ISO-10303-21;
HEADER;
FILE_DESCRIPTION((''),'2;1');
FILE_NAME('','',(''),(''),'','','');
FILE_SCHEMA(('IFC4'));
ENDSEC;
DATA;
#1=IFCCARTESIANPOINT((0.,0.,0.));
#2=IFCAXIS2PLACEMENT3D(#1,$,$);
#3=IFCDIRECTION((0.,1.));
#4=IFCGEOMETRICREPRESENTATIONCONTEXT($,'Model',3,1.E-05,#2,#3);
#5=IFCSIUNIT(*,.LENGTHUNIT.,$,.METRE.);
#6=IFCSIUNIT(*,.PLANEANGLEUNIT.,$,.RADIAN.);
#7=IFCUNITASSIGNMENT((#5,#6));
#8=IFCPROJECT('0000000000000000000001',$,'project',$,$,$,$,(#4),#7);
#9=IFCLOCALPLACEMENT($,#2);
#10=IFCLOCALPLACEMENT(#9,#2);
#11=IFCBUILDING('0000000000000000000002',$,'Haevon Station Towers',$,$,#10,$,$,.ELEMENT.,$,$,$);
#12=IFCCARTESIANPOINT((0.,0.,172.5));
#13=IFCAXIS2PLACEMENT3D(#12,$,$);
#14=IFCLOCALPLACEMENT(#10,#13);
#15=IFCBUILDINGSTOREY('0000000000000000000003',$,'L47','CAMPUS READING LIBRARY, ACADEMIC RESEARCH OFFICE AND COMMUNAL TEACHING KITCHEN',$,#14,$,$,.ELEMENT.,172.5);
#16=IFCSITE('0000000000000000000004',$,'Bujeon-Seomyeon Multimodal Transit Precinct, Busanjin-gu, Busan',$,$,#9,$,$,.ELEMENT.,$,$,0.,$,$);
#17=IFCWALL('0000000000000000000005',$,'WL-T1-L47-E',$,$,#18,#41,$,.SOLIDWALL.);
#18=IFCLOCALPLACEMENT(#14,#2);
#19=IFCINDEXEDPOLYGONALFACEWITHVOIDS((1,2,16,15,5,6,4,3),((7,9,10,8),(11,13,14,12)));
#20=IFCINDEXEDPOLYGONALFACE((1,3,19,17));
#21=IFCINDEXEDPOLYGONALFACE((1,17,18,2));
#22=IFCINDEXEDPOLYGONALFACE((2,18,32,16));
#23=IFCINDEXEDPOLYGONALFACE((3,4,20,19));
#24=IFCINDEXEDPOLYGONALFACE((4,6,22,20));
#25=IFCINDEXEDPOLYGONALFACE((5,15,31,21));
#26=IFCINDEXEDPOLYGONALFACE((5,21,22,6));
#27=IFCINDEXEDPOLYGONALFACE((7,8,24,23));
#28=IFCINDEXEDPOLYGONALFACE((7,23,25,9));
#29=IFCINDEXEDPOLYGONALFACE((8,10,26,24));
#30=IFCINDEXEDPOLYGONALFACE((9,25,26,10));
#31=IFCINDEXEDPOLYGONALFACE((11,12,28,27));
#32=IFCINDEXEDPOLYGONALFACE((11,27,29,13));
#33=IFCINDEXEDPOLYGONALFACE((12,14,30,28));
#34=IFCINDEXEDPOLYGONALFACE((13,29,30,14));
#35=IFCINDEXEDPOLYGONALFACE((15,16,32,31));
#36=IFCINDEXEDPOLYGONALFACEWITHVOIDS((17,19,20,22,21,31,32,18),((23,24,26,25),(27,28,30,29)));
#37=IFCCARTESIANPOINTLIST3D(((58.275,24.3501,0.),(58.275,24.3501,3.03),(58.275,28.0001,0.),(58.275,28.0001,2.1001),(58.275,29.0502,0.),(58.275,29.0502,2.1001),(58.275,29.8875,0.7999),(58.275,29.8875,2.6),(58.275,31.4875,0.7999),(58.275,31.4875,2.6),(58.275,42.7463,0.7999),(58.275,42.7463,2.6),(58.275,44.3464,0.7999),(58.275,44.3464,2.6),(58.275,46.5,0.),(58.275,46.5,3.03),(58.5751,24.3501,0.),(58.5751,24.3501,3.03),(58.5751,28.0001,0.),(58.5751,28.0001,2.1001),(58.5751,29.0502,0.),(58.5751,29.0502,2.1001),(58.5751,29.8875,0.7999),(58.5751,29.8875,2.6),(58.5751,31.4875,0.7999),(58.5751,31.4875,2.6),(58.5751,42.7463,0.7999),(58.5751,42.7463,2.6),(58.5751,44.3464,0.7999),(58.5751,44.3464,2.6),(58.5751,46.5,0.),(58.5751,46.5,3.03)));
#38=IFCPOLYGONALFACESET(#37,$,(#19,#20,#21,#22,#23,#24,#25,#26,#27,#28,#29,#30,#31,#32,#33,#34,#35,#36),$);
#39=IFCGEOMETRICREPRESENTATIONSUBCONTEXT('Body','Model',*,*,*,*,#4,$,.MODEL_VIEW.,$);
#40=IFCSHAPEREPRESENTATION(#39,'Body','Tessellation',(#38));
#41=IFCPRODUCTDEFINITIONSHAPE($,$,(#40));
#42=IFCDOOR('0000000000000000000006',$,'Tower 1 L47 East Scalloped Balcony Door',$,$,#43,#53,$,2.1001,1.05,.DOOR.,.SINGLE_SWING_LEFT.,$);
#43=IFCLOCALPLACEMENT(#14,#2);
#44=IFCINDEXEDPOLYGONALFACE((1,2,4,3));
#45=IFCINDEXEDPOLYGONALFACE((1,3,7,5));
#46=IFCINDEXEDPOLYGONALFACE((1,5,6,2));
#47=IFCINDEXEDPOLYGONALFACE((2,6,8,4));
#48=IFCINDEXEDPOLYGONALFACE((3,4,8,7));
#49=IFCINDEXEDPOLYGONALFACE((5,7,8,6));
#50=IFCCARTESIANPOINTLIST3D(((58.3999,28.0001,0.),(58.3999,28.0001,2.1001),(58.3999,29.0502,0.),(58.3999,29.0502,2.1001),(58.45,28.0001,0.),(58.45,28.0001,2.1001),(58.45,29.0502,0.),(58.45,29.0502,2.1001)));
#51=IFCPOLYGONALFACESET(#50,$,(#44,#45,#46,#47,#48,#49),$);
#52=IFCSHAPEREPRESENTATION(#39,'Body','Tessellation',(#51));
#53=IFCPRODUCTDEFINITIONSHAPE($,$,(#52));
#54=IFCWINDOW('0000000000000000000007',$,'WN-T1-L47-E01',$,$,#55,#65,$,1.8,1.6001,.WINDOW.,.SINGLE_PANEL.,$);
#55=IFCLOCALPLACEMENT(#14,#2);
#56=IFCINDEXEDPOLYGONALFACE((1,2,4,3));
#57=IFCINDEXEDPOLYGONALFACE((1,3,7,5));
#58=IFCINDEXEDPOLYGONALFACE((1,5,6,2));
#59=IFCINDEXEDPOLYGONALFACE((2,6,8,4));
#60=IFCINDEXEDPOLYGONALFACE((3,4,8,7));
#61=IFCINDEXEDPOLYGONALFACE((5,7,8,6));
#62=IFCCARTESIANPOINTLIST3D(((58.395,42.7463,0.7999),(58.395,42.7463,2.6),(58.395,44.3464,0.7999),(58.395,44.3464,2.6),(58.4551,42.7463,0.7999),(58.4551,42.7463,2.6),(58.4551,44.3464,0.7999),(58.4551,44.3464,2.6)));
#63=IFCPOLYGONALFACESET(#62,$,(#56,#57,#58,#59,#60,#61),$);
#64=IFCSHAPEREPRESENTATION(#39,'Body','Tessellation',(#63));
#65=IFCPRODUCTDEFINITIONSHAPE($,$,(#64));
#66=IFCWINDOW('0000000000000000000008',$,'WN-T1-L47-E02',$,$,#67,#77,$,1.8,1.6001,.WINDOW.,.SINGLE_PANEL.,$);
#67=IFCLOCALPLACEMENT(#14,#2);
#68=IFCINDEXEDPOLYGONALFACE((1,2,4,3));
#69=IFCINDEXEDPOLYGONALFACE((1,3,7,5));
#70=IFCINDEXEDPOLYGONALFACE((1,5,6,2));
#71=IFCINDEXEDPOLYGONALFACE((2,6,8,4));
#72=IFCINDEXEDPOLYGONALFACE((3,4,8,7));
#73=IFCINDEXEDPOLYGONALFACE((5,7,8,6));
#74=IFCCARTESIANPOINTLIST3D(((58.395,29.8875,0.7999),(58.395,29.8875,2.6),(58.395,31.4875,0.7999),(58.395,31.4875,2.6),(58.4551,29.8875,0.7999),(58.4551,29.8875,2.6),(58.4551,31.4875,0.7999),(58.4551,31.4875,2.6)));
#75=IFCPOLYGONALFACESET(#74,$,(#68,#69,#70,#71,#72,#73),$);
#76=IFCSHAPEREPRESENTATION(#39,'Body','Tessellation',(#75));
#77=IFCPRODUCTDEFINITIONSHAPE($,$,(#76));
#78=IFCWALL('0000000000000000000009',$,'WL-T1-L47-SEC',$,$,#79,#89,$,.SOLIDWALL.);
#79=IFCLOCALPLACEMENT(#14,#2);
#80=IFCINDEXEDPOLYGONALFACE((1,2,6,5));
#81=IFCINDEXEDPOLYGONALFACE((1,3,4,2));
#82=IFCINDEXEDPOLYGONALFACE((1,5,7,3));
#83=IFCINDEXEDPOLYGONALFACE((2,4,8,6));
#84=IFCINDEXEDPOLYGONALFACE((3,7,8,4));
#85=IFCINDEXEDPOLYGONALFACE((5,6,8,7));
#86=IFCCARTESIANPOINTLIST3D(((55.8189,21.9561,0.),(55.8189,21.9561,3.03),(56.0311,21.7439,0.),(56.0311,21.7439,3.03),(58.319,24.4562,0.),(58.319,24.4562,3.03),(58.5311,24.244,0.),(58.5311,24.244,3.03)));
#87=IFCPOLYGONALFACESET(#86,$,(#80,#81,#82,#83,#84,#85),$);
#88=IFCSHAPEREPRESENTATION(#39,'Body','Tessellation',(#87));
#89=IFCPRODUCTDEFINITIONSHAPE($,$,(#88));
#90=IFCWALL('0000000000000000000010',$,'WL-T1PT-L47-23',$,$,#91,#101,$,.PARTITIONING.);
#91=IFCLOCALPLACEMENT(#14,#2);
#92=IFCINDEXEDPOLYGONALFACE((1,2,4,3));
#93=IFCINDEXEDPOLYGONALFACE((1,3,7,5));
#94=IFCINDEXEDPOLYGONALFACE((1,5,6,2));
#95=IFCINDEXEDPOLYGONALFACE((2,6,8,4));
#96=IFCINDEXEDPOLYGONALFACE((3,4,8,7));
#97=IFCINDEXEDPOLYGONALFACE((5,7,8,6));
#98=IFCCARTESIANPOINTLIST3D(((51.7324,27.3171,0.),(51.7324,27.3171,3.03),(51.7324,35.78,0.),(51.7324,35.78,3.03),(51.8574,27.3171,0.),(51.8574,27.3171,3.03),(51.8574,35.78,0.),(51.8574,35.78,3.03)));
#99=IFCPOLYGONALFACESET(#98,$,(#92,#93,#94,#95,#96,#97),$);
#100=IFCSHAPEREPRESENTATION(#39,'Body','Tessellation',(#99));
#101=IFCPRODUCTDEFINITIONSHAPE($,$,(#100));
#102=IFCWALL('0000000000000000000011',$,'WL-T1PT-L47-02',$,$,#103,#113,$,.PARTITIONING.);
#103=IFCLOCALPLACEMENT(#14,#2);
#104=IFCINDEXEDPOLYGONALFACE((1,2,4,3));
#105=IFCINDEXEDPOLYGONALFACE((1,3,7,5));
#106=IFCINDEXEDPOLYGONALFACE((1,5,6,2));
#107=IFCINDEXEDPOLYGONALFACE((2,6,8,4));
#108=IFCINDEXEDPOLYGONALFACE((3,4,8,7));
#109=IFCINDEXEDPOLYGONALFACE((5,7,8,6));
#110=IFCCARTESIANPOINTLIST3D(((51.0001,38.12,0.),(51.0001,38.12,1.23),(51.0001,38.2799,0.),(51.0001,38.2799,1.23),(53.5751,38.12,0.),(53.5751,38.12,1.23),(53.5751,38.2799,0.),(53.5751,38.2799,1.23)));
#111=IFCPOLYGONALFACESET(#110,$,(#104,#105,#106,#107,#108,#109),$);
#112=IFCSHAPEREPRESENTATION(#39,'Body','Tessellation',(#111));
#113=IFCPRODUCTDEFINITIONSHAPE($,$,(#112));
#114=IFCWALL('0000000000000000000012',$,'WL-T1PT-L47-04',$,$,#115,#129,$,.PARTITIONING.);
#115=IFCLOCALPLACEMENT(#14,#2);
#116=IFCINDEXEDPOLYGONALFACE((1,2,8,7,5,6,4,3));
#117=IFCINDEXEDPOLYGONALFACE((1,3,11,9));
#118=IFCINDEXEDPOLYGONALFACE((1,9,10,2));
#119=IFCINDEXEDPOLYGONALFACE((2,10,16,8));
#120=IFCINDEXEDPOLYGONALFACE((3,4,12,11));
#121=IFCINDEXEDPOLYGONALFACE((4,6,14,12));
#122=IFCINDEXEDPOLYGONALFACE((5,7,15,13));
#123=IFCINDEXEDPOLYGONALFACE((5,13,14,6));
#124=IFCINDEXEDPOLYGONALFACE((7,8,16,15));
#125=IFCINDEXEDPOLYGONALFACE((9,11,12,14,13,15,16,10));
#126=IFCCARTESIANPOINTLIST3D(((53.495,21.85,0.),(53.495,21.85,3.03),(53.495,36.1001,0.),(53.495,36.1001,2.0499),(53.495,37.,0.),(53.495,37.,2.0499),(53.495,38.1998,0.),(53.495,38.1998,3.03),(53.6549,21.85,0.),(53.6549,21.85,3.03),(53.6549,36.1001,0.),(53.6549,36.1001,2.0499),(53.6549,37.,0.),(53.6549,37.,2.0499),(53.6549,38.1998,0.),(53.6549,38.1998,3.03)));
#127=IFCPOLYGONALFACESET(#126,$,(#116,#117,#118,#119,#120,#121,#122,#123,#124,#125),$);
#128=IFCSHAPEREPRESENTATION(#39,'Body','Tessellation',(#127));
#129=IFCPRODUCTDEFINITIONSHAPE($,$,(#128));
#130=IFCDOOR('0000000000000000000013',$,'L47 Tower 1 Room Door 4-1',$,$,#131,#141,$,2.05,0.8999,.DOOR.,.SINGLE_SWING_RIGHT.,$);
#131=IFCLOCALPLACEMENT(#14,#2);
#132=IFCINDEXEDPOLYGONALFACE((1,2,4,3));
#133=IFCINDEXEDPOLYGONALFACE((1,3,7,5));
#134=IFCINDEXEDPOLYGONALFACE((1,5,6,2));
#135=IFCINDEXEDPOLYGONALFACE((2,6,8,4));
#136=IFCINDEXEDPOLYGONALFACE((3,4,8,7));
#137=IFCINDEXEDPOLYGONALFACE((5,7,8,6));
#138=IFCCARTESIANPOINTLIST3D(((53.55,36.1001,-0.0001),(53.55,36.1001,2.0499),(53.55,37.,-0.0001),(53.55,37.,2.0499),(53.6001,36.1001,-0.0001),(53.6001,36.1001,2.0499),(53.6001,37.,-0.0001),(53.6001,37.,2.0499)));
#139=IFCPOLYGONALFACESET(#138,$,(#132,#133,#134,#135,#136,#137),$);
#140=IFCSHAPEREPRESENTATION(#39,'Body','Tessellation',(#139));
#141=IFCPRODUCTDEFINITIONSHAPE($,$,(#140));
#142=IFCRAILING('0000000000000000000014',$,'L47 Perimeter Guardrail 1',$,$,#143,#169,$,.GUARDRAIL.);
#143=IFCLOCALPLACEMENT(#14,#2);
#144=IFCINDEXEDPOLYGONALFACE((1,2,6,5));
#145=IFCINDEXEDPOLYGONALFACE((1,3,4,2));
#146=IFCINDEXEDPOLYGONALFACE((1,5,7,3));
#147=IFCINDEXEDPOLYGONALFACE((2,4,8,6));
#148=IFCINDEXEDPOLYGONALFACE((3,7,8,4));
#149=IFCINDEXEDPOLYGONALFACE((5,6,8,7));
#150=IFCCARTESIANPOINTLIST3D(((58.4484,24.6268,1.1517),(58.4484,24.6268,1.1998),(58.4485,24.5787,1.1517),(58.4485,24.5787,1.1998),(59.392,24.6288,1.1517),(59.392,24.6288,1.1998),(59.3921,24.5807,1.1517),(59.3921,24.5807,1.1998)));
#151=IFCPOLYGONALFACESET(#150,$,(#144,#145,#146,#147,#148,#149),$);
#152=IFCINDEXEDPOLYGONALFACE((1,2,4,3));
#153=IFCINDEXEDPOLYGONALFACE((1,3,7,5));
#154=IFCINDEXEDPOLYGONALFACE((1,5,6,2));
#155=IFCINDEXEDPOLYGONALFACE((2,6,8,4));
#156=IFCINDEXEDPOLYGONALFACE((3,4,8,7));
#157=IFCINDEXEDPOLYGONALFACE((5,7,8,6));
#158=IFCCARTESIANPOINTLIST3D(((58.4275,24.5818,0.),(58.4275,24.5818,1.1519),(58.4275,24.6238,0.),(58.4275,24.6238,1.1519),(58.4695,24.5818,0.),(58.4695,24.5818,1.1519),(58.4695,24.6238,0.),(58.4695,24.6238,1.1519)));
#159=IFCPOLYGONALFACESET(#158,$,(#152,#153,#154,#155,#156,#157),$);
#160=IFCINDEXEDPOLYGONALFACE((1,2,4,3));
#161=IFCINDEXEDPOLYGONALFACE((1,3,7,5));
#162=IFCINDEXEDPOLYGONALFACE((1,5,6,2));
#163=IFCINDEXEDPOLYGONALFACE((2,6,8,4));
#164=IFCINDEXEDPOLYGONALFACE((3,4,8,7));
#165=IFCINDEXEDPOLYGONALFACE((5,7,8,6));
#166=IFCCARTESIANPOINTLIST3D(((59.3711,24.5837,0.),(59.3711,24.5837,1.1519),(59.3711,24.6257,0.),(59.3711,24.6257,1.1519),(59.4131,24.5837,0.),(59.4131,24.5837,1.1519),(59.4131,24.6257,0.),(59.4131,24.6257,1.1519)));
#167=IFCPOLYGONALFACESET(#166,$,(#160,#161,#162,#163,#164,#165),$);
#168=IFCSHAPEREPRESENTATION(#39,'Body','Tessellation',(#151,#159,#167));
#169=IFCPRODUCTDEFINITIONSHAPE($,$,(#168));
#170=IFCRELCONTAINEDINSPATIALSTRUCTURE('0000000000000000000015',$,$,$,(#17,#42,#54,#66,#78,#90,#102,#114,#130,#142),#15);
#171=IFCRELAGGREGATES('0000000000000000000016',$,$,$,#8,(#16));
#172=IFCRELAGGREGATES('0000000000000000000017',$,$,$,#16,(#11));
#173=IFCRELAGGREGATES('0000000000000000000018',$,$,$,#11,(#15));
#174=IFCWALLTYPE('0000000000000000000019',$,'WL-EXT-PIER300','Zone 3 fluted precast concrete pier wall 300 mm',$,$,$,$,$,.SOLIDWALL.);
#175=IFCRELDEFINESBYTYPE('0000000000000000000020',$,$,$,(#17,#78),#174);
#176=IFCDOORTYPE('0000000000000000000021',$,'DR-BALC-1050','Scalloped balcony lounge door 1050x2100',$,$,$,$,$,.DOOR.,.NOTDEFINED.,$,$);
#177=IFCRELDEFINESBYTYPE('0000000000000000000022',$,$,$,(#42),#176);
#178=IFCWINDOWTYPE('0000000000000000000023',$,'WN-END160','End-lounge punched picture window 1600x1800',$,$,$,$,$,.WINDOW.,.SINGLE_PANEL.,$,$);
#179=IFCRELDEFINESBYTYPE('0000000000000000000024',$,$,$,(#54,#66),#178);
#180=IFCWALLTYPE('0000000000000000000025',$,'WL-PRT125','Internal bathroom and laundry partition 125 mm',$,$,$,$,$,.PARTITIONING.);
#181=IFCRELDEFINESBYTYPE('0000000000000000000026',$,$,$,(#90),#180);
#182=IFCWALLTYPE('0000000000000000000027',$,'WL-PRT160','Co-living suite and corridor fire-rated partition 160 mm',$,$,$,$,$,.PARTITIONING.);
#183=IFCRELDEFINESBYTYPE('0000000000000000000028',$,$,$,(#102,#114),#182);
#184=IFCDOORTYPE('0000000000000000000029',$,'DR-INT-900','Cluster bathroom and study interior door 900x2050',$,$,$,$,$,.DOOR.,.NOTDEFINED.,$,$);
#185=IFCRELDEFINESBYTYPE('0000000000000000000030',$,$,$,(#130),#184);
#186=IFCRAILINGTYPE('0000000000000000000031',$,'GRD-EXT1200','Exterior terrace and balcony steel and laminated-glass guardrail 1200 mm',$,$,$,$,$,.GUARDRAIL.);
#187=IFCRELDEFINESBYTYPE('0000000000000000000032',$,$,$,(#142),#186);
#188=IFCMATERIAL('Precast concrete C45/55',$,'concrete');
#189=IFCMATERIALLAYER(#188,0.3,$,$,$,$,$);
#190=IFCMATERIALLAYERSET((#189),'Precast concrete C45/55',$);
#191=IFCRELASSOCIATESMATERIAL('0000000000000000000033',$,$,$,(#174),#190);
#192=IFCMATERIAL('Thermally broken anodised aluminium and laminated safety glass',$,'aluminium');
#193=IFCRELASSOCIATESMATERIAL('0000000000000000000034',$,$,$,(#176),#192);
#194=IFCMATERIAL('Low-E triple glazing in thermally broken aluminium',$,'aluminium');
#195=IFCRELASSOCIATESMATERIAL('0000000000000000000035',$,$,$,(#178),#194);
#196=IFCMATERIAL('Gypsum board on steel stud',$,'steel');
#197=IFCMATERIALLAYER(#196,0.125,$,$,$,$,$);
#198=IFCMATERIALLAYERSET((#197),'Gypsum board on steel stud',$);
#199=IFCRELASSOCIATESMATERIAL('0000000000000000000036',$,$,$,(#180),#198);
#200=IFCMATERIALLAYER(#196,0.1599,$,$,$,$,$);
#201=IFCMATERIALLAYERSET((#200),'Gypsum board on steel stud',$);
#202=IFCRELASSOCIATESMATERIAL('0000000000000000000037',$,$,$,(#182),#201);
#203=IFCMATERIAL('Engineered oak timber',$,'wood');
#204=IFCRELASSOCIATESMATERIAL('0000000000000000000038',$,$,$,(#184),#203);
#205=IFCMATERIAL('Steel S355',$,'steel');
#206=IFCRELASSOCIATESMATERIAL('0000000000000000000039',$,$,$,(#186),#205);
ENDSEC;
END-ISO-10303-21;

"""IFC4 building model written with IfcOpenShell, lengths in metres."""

from ifc_helpers import new_model, si_unit, direction, frame, frame_2d, origin, origin_2d, place, context, subcontext, project, spatial, rectangle, extrude, material, layer, layer_set, type_object, element, fill, save


model = new_model("IFC4")

# Units and contexts
model_context = context("Model", 3, precision=1e-05, world=origin(), true_north=direction((0.0, 1.0)))
body_context = subcontext(model_context, "Body", "Model", "MODEL_VIEW")
ifc_project = project(units=[si_unit("LENGTHUNIT", "METRE"), si_unit("PLANEANGLEUNIT", "RADIAN")], contexts=[model_context])

# Site, building, storey
site_placement = place(None, origin())
site = spatial("IfcSite", under=ifc_project, at=site_placement, Name="Bujeon-Seomyeon Multimodal Transit Precinct, Busanjin-gu, Busan", CompositionType="ELEMENT", RefElevation=0.0)
building_placement = place(site_placement, origin())
building = spatial("IfcBuilding", under=site, at=building_placement, Name="Haevon Station Towers", CompositionType="ELEMENT")
storey_placement = place(building_placement, frame((0.0, 0.0, 172.5)))
storey = spatial("IfcBuildingStorey", under=building, at=storey_placement, Name="L47", Description="CAMPUS READING LIBRARY, ACADEMIC RESEARCH OFFICE AND COMMUNAL TEACHING KITCHEN", CompositionType="ELEMENT", Elevation=172.5)

# Shared definitions
ifc_material_1 = material(Name="Steel S355", Category="steel")

# Shared definitions
ifc_material_2 = material(Name="Precast concrete C45/55", Category="concrete")
ifc_layer_1 = layer(ifc_material_2, 0.3)
ifc_layer_set_1 = layer_set([ifc_layer_1], Name="Precast concrete C45/55")
wall_type_1 = type_object("IfcWallType", Name="WL-EXT-PIER300", Description="Zone 3 fluted precast concrete pier wall 300 mm", PredefinedType="SOLIDWALL", material=ifc_layer_set_1)
ifc_material_3 = material(Name="Low-E triple glazing in thermally broken aluminium", Category="aluminium")

# Wall, openings, door, windows
wall_1_placement = place(storey_placement, frame((58.425, 46.5, 0.0), z_axis=(0.0, 0.0, 1.0), x_axis=(0.0, -1.0, 0.0)))
wall_1 = element("IfcWall", 1, at=wall_1_placement, inside=storey, type_object=wall_type_1, Name="WL-T1-L47-E", PredefinedType="SOLIDWALL", context=body_context, shape_type="SweptSolid", body=[
    extrude(rectangle(XDim=22.1499, YDim=0.3, at=frame_2d((11.075, 0.0))), origin(), (0.0, 0.0, 1.0), 3.03),
])
opening_1_placement = place(wall_1_placement, frame((17.45, 0.0, 0.0)))
opening_1 = element("IfcOpeningElement", 2, at=opening_1_placement, cuts=wall_1, PredefinedType="OPENING", context=body_context, shape_type="SweptSolid", body=[
    extrude(rectangle(XDim=1.05, YDim=2.1001, at=frame_2d((0.5249, 1.05))), frame((0.0, 0.1599, 0.0), z_axis=(0.0, -1.0, 0.0), x_axis=(1.0, 0.0, 0.0)), (0.0, 0.0, 1.0), 0.3201),
])
opening_2_placement = place(wall_1_placement, frame((2.1536, 0.0, 0.8)))
opening_2 = element("IfcOpeningElement", 3, at=opening_2_placement, cuts=wall_1, PredefinedType="OPENING", context=body_context, shape_type="SweptSolid", body=[
    extrude(rectangle(XDim=1.6001, YDim=1.8, at=frame_2d((0.8, 0.8999))), frame((0.0, 0.1599, 0.0), z_axis=(0.0, -1.0, 0.0), x_axis=(1.0, 0.0, 0.0)), (0.0, 0.0, 1.0), 0.3201),
])
opening_3_placement = place(wall_1_placement, frame((15.0125, 0.0, 0.8)))
opening_3 = element("IfcOpeningElement", 4, at=opening_3_placement, cuts=wall_1, PredefinedType="OPENING", context=body_context, shape_type="SweptSolid", body=[
    extrude(rectangle(XDim=1.6001, YDim=1.8, at=frame_2d((0.8, 0.8999))), frame((0.0, 0.1599, 0.0), z_axis=(0.0, -1.0, 0.0), x_axis=(1.0, 0.0, 0.0)), (0.0, 0.0, 1.0), 0.3201),
])
ifc_material_4 = material(Name="Thermally broken anodised aluminium and laminated safety glass", Category="aluminium")
door_type_1 = type_object("IfcDoorType", Name="DR-BALC-1050", Description="Scalloped balcony lounge door 1050x2100", OperationType="NOTDEFINED", PredefinedType="DOOR", material=ifc_material_4)
door_1_placement = place(opening_1_placement, origin())
door_1 = element("IfcDoor", 5, at=door_1_placement, inside=storey, type_object=door_type_1, Name="Tower 1 L47 East Scalloped Balcony Door", OperationType="SINGLE_SWING_LEFT", OverallHeight=2.1001, OverallWidth=1.05, PredefinedType="DOOR", context=body_context, shape_type="SweptSolid", body=[
    extrude(rectangle(XDim=1.05, YDim=2.1001, at=frame_2d((0.5249, 1.05))), frame((0.0, 0.0249, 0.0), z_axis=(0.0, -1.0, 0.0), x_axis=(1.0, 0.0, 0.0)), (0.0, 0.0, 1.0), 0.05),
])
fill(opening_1, door_1)
window_type_1 = type_object("IfcWindowType", Name="WN-END160", Description="End-lounge punched picture window 1600x1800", PartitioningType="SINGLE_PANEL", PredefinedType="WINDOW", material=ifc_material_3)
window_1_placement = place(opening_2_placement, origin())
window_1 = element("IfcWindow", 6, at=window_1_placement, inside=storey, type_object=window_type_1, Name="WN-T1-L47-E01", OverallHeight=1.8, OverallWidth=1.6001, PartitioningType="SINGLE_PANEL", PredefinedType="WINDOW", context=body_context, shape_type="SweptSolid", body=[
    extrude(rectangle(XDim=1.6001, YDim=1.8, at=frame_2d((0.8, 0.8999))), frame((0.0, 0.03, 0.0), z_axis=(0.0, -1.0, 0.0), x_axis=(1.0, 0.0, 0.0)), (0.0, 0.0, 1.0), 0.0601),
])
fill(opening_2, window_1)
window_2_placement = place(opening_3_placement, origin())
window_2 = element("IfcWindow", 7, at=window_2_placement, inside=storey, type_object=window_type_1, Name="WN-T1-L47-E02", OverallHeight=1.8, OverallWidth=1.6001, PartitioningType="SINGLE_PANEL", PredefinedType="WINDOW", context=body_context, shape_type="SweptSolid", body=[
    extrude(rectangle(XDim=1.6001, YDim=1.8, at=frame_2d((0.8, 0.8999))), frame((0.0, 0.03, 0.0), z_axis=(0.0, -1.0, 0.0), x_axis=(1.0, 0.0, 0.0)), (0.0, 0.0, 1.0), 0.0601),
])
fill(opening_3, window_2)

# Walls
wall_2_placement = place(storey_placement, frame((58.425, 24.3501, 0.0), z_axis=(0.0, 0.0, 1.0), x_axis=(-0.707107, -0.707107, 0.0)))
element("IfcWall", 8, at=wall_2_placement, inside=storey, type_object=wall_type_1, Name="WL-T1-L47-SEC", PredefinedType="SOLIDWALL", context=body_context, shape_type="SweptSolid", body=[
    extrude(rectangle(XDim=3.5356, YDim=0.3, at=frame_2d((1.7678, 0.0))), origin(), (0.0, 0.0, 1.0), 3.03),
])
ifc_material_5 = material(Name="Gypsum board on steel stud", Category="steel")
ifc_layer_2 = layer(ifc_material_5, 0.125)
ifc_layer_set_2 = layer_set([ifc_layer_2], Name="Gypsum board on steel stud")
wall_type_2 = type_object("IfcWallType", Name="WL-PRT125", Description="Internal bathroom and laundry partition 125 mm", PredefinedType="PARTITIONING", material=ifc_layer_set_2)
wall_3_placement = place(storey_placement, frame((51.7949, 27.3171, 0.0), z_axis=(0.0, 0.0, 1.0), x_axis=(0.0, 1.0, 0.0)))
element("IfcWall", 9, at=wall_3_placement, inside=storey, type_object=wall_type_2, Name="WL-T1PT-L47-23", PredefinedType="PARTITIONING", context=body_context, shape_type="SweptSolid", body=[
    extrude(rectangle(XDim=8.4629, YDim=0.125, at=frame_2d((4.2314, 0.0))), origin(), (0.0, 0.0, 1.0), 3.03),
])
ifc_layer_3 = layer(ifc_material_5, 0.1599)
ifc_layer_set_3 = layer_set([ifc_layer_3], Name="Gypsum board on steel stud")
wall_type_3 = type_object("IfcWallType", Name="WL-PRT160", Description="Co-living suite and corridor fire-rated partition 160 mm", PredefinedType="PARTITIONING", material=ifc_layer_set_3)
wall_4_placement = place(storey_placement, frame((51.0, 38.2, 0.0), z_axis=(0.0, 0.0, 1.0), x_axis=(1.0, 0.0, 0.0)))
element("IfcWall", 10, at=wall_4_placement, inside=storey, type_object=wall_type_3, Name="WL-T1PT-L47-02", PredefinedType="PARTITIONING", context=body_context, shape_type="SweptSolid", body=[
    extrude(rectangle(XDim=2.575, YDim=0.1599, at=frame_2d((1.2876, 0.0))), origin(), (0.0, 0.0, 1.0), 1.23),
])

# Wall, opening, door
wall_5_placement = place(storey_placement, frame((53.575, 21.8501, 0.0), z_axis=(0.0, 0.0, 1.0), x_axis=(0.0, 1.0, 0.0)))
wall_5 = element("IfcWall", 11, at=wall_5_placement, inside=storey, type_object=wall_type_3, Name="WL-T1PT-L47-04", PredefinedType="PARTITIONING", context=body_context, shape_type="SweptSolid", body=[
    extrude(rectangle(XDim=16.3499, YDim=0.1599, at=frame_2d((8.1748, 0.0))), origin(), (0.0, 0.0, 1.0), 3.03),
])
opening_4_placement = place(wall_5_placement, frame((14.25, 0.0, 0.0)))
opening_4 = element("IfcOpeningElement", 12, at=opening_4_placement, cuts=wall_5, PredefinedType="OPENING", context=body_context, shape_type="SweptSolid", body=[
    extrude(rectangle(XDim=0.8999, YDim=2.05, at=frame_2d((0.45, 1.0249))), frame((0.0, 0.0898, 0.0), z_axis=(0.0, -1.0, 0.0), x_axis=(1.0, 0.0, 0.0)), (0.0, 0.0, 1.0), 0.1799),
])
ifc_material_6 = material(Name="Engineered oak timber", Category="wood")
door_type_2 = type_object("IfcDoorType", Name="DR-INT-900", Description="Cluster bathroom and study interior door 900x2050", OperationType="NOTDEFINED", PredefinedType="DOOR", material=ifc_material_6)
door_2_placement = place(opening_4_placement, origin())
door_2 = element("IfcDoor", 13, at=door_2_placement, inside=storey, type_object=door_type_2, Name="L47 Tower 1 Room Door 4-1", OperationType="SINGLE_SWING_RIGHT", OverallHeight=2.05, OverallWidth=0.8999, PredefinedType="DOOR", context=body_context, shape_type="SweptSolid", body=[
    extrude(rectangle(XDim=0.8999, YDim=2.05, at=frame_2d((0.45, 1.0249))), frame((0.0, 0.0249, 0.0), z_axis=(0.0, -1.0, 0.0), x_axis=(1.0, 0.0, 0.0)), (0.0, 0.0, 1.0), 0.05),
])
fill(opening_4, door_2)

# Railing
railing_type = type_object("IfcRailingType", Name="GRD-EXT1200", Description="Exterior terrace and balcony steel and laminated-glass guardrail 1200 mm", PredefinedType="GUARDRAIL", material=ifc_material_1)
railing_1_placement = place(storey_placement, frame((58.4485, 24.6028, 0.0)))
element("IfcRailing", 14, at=railing_1_placement, inside=storey, type_object=railing_type, Name="L47 Perimeter Guardrail 1", PredefinedType="GUARDRAIL", context=body_context, shape_type="SweptSolid", body=[
    extrude(rectangle(XDim=0.0481, YDim=0.0481, at=origin_2d()), frame((0.0, 0.0, 1.1758), z_axis=(0.999998, 0.00207, 0.0), x_axis=(-0.00207, 0.999998, 0.0)), (0.0, 0.0, 1.0), 0.9436),
    extrude(rectangle(XDim=0.042, YDim=0.042, at=origin_2d()), origin(), (0.0, 0.0, 1.0), 1.1519),
    extrude(rectangle(XDim=0.042, YDim=0.042, at=origin_2d()), frame((0.9436, 0.002, 0.0)), (0.0, 0.0, 1.0), 1.1519),
])

save(model, "model.ifc")
